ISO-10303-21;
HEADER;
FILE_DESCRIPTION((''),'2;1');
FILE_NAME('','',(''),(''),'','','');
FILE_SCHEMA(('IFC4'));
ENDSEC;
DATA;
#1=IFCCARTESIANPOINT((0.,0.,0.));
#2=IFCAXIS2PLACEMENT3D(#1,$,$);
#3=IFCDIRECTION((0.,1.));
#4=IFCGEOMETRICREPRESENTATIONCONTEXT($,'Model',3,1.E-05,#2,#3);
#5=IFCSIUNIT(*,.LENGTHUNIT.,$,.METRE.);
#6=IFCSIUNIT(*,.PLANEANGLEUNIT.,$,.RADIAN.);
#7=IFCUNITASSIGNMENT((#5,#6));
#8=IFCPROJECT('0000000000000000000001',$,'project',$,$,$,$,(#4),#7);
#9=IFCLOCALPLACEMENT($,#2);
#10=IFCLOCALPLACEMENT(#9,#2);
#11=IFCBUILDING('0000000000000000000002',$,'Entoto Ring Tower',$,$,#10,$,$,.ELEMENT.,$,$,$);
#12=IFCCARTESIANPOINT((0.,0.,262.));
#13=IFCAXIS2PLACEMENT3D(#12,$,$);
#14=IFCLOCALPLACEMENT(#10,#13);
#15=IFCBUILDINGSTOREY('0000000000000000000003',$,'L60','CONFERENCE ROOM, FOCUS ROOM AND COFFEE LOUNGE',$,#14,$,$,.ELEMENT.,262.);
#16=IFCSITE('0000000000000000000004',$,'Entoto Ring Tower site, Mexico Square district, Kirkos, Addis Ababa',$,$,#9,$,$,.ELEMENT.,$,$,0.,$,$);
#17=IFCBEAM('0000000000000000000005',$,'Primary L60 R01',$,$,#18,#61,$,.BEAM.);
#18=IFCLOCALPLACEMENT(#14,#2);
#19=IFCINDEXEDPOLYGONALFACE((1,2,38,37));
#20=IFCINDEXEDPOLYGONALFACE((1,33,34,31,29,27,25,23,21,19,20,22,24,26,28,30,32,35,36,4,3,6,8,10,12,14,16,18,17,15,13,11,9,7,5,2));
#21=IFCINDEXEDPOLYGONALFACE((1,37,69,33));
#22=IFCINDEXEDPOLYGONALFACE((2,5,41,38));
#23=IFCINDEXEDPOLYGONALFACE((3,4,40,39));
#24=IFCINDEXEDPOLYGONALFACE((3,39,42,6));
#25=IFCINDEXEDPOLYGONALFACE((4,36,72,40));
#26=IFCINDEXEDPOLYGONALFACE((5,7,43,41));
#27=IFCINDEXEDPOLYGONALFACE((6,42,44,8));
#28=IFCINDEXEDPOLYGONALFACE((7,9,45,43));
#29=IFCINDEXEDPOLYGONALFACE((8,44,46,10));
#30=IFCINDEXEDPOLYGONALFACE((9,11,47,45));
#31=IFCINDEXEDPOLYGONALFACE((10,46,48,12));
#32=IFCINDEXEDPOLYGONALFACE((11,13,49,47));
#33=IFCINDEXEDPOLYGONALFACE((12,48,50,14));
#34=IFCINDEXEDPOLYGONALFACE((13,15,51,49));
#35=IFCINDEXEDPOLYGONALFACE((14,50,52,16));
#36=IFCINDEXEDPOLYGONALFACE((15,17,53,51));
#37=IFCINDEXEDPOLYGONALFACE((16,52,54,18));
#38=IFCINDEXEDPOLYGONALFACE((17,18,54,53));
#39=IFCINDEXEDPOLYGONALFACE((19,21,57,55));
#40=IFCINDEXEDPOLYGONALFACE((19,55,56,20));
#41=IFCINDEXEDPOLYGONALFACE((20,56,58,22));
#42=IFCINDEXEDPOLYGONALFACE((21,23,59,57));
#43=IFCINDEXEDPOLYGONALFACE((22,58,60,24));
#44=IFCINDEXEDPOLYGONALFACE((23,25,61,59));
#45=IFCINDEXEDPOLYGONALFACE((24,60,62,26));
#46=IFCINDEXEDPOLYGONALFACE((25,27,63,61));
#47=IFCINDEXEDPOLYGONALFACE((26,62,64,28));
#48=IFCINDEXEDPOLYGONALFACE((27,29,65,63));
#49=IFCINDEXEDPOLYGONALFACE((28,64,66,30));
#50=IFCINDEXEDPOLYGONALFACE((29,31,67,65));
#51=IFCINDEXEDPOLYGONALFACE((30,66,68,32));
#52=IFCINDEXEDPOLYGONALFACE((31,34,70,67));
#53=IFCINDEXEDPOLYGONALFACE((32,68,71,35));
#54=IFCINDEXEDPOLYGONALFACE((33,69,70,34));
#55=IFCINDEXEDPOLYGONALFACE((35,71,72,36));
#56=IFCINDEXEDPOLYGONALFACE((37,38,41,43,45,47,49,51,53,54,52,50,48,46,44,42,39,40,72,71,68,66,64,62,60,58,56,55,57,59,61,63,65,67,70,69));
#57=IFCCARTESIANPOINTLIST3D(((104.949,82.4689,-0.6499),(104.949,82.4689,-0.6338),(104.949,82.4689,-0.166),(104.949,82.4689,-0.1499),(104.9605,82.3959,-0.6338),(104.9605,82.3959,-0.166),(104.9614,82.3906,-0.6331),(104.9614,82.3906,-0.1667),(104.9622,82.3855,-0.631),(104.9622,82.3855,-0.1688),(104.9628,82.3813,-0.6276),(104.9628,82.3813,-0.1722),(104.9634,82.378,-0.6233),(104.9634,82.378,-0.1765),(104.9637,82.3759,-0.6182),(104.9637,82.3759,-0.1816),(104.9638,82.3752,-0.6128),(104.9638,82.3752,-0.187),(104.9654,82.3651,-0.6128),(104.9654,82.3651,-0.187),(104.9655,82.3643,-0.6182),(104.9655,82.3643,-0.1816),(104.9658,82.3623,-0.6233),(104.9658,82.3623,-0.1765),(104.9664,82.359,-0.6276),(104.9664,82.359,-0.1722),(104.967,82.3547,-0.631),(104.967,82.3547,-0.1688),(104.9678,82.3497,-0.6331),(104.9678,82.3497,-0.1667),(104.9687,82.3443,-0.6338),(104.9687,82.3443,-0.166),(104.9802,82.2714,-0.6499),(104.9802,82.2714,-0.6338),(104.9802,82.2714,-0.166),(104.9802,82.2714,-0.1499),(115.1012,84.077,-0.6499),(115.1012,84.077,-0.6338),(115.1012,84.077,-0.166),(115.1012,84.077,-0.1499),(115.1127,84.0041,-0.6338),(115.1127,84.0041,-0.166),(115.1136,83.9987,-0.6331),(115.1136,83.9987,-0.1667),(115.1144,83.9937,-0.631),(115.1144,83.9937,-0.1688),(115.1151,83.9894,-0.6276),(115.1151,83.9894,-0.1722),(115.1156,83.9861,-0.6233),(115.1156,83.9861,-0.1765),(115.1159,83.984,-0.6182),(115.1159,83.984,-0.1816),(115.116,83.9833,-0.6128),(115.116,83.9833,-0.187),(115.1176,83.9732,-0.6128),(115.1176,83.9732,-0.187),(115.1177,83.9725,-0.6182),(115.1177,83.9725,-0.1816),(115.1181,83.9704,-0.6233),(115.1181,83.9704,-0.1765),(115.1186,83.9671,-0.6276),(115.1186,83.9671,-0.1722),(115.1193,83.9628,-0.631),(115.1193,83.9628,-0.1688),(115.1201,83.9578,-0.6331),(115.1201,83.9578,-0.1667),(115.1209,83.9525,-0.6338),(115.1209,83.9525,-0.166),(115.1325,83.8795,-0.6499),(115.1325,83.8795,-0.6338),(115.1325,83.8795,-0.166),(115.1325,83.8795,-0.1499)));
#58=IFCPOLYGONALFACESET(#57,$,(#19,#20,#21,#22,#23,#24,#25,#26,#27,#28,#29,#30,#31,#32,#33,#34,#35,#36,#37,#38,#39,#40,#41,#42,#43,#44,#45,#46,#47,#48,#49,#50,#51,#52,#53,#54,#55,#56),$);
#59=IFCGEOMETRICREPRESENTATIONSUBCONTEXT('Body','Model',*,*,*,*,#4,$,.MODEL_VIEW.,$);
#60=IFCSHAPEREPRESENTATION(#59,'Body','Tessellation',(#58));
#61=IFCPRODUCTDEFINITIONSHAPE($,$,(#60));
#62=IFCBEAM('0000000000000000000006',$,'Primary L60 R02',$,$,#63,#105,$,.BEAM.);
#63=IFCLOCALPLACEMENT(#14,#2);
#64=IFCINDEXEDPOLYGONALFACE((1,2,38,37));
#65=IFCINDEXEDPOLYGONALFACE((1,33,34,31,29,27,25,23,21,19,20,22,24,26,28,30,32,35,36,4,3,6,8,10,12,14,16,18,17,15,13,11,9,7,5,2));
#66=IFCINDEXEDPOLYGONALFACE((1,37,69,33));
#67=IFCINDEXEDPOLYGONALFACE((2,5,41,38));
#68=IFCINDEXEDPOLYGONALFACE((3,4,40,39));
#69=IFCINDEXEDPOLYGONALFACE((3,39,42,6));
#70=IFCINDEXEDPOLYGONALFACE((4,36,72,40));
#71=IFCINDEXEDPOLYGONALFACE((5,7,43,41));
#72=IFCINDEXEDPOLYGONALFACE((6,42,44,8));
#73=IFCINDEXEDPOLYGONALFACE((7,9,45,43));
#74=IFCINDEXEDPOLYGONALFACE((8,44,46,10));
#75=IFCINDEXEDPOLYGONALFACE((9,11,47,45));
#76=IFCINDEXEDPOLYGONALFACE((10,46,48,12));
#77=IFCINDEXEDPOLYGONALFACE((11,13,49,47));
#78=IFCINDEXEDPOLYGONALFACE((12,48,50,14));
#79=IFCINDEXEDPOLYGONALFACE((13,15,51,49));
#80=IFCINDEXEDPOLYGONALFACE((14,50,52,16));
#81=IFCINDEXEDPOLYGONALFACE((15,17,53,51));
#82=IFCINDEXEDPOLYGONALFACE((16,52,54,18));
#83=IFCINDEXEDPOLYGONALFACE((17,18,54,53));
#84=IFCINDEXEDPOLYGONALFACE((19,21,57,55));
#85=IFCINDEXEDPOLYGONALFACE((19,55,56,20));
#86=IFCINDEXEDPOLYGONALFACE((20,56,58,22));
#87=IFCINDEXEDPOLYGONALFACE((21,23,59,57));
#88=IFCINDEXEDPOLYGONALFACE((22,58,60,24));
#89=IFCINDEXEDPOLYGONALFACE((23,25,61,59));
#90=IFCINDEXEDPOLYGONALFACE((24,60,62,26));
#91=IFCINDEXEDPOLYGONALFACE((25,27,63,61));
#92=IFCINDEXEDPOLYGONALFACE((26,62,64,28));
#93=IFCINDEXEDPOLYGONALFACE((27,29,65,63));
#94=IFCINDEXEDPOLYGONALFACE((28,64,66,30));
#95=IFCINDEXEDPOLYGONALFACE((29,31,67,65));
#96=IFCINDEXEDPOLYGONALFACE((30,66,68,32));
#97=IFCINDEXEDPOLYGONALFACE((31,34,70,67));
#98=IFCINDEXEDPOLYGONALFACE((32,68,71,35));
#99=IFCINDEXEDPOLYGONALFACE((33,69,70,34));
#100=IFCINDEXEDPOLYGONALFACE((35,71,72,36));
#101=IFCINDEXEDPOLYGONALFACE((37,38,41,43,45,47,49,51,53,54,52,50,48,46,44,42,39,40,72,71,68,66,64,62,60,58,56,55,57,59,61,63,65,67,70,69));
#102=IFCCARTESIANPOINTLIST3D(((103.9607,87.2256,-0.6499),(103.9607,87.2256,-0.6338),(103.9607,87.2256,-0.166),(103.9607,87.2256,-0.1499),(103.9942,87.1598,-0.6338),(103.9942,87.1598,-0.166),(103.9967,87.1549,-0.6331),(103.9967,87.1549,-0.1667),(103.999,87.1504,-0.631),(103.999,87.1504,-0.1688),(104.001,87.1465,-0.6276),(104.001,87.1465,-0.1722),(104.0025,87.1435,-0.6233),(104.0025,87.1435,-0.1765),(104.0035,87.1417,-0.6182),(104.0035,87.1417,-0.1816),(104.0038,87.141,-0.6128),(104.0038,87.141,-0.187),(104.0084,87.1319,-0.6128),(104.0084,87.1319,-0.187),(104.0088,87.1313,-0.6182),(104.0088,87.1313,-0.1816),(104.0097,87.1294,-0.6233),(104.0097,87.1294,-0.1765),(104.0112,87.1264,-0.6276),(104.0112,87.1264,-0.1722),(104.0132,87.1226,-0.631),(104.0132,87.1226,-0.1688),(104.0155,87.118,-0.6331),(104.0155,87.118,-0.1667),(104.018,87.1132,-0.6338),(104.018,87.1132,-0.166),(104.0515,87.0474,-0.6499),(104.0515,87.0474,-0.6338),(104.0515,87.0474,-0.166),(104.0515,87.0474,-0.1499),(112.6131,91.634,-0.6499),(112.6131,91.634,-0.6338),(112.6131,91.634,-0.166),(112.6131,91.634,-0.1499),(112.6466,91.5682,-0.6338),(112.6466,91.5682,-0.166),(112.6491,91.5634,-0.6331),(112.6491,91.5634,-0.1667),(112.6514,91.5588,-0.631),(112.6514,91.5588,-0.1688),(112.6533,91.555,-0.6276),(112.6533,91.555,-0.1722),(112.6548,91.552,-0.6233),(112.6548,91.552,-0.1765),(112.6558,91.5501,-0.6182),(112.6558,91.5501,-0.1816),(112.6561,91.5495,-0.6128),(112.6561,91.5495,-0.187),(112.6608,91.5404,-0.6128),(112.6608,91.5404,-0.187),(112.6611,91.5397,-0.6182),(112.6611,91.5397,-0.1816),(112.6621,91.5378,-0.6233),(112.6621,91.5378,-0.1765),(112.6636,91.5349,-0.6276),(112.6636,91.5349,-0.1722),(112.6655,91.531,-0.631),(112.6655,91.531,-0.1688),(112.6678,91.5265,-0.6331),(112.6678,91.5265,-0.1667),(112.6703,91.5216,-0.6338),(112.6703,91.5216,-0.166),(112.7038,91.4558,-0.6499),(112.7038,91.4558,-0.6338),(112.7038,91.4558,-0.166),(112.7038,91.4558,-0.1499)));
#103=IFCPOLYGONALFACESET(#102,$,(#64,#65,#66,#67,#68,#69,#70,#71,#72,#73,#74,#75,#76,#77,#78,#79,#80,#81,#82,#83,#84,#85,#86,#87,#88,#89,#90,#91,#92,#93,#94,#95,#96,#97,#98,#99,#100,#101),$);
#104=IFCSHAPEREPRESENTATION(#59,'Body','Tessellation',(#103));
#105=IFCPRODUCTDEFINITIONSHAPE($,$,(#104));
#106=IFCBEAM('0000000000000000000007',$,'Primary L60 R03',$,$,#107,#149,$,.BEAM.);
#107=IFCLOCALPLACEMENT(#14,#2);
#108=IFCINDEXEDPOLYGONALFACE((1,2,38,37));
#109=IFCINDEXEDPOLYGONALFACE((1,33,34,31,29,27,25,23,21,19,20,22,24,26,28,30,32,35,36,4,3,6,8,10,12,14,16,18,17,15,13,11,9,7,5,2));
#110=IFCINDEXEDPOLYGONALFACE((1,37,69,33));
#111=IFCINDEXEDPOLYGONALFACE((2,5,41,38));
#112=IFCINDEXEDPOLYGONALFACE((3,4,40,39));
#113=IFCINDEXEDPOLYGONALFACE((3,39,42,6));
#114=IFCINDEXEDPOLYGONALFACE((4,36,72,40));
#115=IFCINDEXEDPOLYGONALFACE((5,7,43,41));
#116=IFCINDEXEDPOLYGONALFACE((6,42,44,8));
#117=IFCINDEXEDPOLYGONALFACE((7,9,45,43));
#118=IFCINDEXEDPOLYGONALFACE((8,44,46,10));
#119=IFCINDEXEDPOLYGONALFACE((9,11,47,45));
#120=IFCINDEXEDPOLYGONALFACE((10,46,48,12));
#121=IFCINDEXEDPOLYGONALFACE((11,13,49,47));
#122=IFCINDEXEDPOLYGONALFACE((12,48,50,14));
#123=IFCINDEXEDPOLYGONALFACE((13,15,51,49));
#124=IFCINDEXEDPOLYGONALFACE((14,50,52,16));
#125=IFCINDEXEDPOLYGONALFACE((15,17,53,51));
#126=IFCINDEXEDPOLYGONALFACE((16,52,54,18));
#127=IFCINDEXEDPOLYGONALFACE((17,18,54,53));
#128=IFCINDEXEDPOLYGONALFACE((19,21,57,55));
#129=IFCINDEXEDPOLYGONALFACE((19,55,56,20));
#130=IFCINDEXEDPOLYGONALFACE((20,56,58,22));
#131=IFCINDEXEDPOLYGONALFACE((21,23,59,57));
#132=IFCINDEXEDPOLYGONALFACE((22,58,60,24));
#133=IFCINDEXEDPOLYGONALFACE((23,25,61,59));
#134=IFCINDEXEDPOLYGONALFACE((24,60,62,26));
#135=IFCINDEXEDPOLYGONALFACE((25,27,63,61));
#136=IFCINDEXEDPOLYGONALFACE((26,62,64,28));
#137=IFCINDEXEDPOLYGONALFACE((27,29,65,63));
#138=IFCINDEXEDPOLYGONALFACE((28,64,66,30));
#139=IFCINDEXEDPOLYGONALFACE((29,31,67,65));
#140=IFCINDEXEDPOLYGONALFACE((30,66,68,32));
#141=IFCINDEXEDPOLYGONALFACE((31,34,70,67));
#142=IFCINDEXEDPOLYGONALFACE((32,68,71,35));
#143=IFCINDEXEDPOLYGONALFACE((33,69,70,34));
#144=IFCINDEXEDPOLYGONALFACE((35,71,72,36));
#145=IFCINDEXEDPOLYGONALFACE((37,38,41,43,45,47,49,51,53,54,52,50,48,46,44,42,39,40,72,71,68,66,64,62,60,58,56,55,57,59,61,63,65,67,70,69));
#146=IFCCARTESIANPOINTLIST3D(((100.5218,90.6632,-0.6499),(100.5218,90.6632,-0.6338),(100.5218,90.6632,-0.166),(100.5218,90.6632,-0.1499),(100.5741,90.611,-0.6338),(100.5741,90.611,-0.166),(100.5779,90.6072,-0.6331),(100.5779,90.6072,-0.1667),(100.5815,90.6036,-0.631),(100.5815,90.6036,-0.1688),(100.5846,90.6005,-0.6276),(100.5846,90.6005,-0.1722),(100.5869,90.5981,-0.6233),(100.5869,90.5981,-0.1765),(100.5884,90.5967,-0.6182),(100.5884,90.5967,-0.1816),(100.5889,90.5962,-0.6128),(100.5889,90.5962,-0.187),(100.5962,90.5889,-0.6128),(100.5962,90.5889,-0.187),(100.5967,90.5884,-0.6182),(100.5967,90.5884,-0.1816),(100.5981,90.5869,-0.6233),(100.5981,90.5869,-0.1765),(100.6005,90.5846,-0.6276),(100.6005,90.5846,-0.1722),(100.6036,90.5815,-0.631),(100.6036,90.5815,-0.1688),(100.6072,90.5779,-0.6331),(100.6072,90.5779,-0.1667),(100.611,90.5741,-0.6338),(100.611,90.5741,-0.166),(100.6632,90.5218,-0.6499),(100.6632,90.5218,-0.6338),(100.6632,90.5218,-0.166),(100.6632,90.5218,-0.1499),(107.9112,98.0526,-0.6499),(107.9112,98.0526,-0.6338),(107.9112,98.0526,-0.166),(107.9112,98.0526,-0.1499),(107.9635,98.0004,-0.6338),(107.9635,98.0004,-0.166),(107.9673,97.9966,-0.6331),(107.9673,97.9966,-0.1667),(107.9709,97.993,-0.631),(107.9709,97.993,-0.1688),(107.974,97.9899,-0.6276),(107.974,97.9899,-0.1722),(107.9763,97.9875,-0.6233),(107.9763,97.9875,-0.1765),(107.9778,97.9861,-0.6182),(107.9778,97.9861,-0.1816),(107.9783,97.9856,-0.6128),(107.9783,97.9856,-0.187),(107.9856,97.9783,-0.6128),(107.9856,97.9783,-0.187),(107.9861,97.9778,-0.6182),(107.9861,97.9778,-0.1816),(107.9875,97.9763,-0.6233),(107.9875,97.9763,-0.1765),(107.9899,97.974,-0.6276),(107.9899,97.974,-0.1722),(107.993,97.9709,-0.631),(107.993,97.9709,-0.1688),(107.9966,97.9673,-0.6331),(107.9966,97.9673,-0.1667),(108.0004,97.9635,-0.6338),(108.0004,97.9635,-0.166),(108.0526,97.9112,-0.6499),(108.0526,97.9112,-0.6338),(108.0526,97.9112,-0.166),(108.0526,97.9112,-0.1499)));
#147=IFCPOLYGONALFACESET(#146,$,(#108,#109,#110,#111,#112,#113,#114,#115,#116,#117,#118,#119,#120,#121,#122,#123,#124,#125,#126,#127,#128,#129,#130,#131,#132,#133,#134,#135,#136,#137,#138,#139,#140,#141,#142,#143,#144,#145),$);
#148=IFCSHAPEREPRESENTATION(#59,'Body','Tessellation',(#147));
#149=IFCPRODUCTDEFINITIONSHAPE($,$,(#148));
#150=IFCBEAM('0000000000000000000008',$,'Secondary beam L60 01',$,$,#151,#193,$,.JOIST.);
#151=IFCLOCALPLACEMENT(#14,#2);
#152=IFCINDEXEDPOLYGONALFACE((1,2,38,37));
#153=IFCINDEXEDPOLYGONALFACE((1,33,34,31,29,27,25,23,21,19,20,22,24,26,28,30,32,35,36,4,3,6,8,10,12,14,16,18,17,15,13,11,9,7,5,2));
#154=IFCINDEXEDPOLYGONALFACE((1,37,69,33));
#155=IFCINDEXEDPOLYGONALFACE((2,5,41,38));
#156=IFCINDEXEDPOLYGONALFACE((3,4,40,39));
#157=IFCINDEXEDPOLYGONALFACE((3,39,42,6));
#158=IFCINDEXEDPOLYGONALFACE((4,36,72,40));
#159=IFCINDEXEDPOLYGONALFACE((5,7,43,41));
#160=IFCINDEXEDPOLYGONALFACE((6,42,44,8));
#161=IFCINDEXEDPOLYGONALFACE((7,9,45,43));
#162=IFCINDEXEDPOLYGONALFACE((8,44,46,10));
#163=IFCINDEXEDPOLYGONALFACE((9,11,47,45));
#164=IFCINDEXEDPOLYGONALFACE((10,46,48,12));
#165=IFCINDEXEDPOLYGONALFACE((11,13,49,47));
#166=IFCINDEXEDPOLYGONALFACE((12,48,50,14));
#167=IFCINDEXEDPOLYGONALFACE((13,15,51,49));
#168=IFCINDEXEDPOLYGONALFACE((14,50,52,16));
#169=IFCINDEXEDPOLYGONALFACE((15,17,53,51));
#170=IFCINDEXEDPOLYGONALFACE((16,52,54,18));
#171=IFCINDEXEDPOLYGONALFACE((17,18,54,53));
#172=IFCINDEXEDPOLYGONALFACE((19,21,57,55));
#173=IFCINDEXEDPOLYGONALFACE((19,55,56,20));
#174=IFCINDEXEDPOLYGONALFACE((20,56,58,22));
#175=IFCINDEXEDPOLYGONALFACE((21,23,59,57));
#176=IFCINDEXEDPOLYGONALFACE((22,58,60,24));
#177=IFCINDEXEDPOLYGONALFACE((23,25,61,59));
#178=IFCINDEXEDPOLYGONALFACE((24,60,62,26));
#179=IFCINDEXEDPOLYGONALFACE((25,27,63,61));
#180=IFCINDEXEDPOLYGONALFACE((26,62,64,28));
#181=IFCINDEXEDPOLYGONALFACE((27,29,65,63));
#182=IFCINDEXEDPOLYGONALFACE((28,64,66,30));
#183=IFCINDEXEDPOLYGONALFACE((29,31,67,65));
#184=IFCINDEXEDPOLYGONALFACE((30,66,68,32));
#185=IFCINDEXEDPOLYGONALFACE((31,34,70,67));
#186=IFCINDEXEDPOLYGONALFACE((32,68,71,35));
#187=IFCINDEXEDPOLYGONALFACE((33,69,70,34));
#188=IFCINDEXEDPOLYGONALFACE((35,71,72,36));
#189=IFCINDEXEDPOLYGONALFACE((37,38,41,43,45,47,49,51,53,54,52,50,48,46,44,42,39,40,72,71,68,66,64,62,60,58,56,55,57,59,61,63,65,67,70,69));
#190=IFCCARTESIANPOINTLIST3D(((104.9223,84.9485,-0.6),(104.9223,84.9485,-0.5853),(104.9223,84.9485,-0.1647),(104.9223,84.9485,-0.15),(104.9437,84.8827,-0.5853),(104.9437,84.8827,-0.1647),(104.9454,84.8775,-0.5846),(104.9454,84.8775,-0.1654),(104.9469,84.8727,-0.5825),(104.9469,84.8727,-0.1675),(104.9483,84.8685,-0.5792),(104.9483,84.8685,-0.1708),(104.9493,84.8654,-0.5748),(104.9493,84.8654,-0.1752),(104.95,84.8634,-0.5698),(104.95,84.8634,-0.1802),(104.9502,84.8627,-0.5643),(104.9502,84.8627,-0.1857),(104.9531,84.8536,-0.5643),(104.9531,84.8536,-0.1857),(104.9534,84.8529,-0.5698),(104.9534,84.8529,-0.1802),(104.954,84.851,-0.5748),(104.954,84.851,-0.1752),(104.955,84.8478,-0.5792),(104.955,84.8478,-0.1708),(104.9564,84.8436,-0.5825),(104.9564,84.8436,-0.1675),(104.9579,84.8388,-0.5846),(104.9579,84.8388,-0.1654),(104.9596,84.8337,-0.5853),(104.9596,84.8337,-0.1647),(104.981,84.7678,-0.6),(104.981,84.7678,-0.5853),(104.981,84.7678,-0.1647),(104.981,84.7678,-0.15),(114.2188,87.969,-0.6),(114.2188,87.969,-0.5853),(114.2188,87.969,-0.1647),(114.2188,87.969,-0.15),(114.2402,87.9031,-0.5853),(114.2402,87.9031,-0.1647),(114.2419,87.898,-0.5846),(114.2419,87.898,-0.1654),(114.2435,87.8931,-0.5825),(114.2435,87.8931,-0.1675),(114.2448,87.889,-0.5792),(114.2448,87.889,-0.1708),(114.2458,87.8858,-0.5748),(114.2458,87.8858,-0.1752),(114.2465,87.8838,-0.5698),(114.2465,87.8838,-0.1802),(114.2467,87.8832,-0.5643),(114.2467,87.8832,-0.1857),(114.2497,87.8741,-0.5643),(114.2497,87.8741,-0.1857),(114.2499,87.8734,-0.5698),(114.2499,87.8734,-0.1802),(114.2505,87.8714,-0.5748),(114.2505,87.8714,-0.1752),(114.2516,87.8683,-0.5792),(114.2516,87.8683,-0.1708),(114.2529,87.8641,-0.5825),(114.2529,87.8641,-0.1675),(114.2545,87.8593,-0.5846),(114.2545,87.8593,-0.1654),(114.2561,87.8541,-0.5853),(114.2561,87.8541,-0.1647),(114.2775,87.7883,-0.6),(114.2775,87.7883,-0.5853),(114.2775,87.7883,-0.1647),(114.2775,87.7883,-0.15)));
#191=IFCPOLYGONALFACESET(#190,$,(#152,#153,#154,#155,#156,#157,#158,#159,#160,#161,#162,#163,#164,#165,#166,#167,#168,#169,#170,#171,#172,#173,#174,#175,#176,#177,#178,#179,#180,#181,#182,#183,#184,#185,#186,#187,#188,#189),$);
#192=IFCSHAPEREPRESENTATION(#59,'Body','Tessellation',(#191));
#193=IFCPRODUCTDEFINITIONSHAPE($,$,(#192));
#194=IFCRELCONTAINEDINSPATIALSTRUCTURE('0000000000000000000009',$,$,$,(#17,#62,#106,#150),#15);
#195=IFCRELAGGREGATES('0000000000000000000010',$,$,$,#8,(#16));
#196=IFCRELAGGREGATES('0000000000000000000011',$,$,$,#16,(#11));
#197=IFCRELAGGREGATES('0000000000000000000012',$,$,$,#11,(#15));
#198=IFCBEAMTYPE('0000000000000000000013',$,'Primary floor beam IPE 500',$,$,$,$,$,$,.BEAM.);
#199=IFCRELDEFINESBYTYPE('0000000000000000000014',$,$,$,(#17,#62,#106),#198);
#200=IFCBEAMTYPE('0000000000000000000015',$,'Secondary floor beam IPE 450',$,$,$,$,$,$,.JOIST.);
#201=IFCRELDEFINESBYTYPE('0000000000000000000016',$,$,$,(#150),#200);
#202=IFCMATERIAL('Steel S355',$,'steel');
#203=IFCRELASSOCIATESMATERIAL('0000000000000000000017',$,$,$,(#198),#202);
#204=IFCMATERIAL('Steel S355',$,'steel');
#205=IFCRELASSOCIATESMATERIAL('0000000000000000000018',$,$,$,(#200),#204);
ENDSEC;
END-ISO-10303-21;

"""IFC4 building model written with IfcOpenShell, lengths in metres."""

from ifc_helpers import new_model, si_unit, direction, frame, origin, origin_2d, place, context, subcontext, project, spatial, i_section, extrude, material, material_profile, profile_set, type_object, element, save


model = new_model("IFC4")

# Units and contexts
model_context = context("Model", 3, precision=1e-05, world=origin(), true_north=direction((0.0, 1.0)))
body_context = subcontext(model_context, "Body", "Model", "MODEL_VIEW")
ifc_project = project(units=[si_unit("LENGTHUNIT", "METRE"), si_unit("PLANEANGLEUNIT", "RADIAN")], contexts=[model_context])

# Site, building, storey
site_placement = place(None, origin())
site = spatial("IfcSite", under=ifc_project, at=site_placement, Name="Entoto Ring Tower site, Mexico Square district, Kirkos, Addis Ababa", CompositionType="ELEMENT", RefElevation=0.0)
building_placement = place(site_placement, origin())
building = spatial("IfcBuilding", under=site, at=building_placement, Name="Entoto Ring Tower", CompositionType="ELEMENT")
storey_placement = place(building_placement, frame((0.0, 0.0, 262.0)))
storey = spatial("IfcBuildingStorey", under=building, at=storey_placement, Name="L60", Description="CONFERENCE ROOM, FOCUS ROOM AND COFFEE LOUNGE", CompositionType="ELEMENT", Elevation=262.0)

# Beams
ifc_material_1 = material(Name="Steel S355", Category="steel")
ifc_material_profile_1 = material_profile(ifc_material_1, i_section(OverallWidth=0.2, OverallDepth=0.5, WebThickness=0.0103, FlangeThickness=0.0161, FilletRadius=0.021, at=origin_2d()), Name="IPE 500")
ifc_profile_set_1 = profile_set([ifc_material_profile_1], Name="Steel S355")
beam_type_1 = type_object("IfcBeamType", Name="Primary floor beam IPE 500", PredefinedType="BEAM", material=ifc_profile_set_1)
beam_1_placement = place(storey_placement, frame((104.9646, 82.3701, -0.3999), z_axis=(0.987686, 0.156452, 0.0), x_axis=(-0.156452, 0.987686, 0.0)))
element("IfcBeam", 1, at=beam_1_placement, inside=storey, type_object=beam_type_1, Name="Primary L60 R01", PredefinedType="BEAM", context=body_context, shape_type="SweptSolid", body=[
    extrude(i_section(OverallWidth=0.2, OverallDepth=0.5, WebThickness=0.0103, FlangeThickness=0.0161, FilletRadius=0.021, at=origin_2d()), origin(), (0.0, 0.0, 1.0), 10.2788),
])
beam_2_placement = place(storey_placement, frame((104.0061, 87.1365, -0.3999), z_axis=(0.891012, 0.453979, 0.0), x_axis=(-0.453979, 0.891012, 0.0)))
element("IfcBeam", 2, at=beam_2_placement, inside=storey, type_object=beam_type_1, Name="Primary L60 R02", PredefinedType="BEAM", context=body_context, shape_type="SweptSolid", body=[
    extrude(i_section(OverallWidth=0.2, OverallDepth=0.5, WebThickness=0.0103, FlangeThickness=0.0161, FilletRadius=0.021, at=origin_2d()), origin(), (0.0, 0.0, 1.0), 9.7107),
])
beam_3_placement = place(storey_placement, frame((100.5925, 90.5925, -0.3999), z_axis=(0.707107, 0.707107, 0.0), x_axis=(-0.707107, 0.707107, 0.0)))
element("IfcBeam", 3, at=beam_3_placement, inside=storey, type_object=beam_type_1, Name="Primary L60 R03", PredefinedType="BEAM", context=body_context, shape_type="SweptSolid", body=[
    extrude(i_section(OverallWidth=0.2, OverallDepth=0.5, WebThickness=0.0103, FlangeThickness=0.0161, FilletRadius=0.021, at=origin_2d()), origin(), (0.0, 0.0, 1.0), 10.4502),
])
ifc_material_2 = material(Name="Steel S355", Category="steel")
ifc_material_profile_2 = material_profile(ifc_material_2, i_section(OverallWidth=0.1899, OverallDepth=0.45, WebThickness=0.0095, FlangeThickness=0.0146, FilletRadius=0.021, at=origin_2d()), Name="IPE 450")
ifc_profile_set_2 = profile_set([ifc_material_profile_2], Name="Steel S355")
beam_type_2 = type_object("IfcBeamType", Name="Secondary floor beam IPE 450", PredefinedType="JOIST", material=ifc_profile_set_2)
beam_4_placement = place(storey_placement, frame((104.9517, 84.8582, -0.375), z_axis=(0.951061, 0.309003, 0.0), x_axis=(-0.309003, 0.951061, 0.0)))
element("IfcBeam", 4, at=beam_4_placement, inside=storey, type_object=beam_type_2, Name="Secondary beam L60 01", PredefinedType="JOIST", context=body_context, shape_type="SweptSolid", body=[
    extrude(i_section(OverallWidth=0.1899, OverallDepth=0.45, WebThickness=0.0095, FlangeThickness=0.0146, FilletRadius=0.021, at=origin_2d()), origin(), (0.0, 0.0, 1.0), 9.7749),
])

save(model, "model.ifc")
